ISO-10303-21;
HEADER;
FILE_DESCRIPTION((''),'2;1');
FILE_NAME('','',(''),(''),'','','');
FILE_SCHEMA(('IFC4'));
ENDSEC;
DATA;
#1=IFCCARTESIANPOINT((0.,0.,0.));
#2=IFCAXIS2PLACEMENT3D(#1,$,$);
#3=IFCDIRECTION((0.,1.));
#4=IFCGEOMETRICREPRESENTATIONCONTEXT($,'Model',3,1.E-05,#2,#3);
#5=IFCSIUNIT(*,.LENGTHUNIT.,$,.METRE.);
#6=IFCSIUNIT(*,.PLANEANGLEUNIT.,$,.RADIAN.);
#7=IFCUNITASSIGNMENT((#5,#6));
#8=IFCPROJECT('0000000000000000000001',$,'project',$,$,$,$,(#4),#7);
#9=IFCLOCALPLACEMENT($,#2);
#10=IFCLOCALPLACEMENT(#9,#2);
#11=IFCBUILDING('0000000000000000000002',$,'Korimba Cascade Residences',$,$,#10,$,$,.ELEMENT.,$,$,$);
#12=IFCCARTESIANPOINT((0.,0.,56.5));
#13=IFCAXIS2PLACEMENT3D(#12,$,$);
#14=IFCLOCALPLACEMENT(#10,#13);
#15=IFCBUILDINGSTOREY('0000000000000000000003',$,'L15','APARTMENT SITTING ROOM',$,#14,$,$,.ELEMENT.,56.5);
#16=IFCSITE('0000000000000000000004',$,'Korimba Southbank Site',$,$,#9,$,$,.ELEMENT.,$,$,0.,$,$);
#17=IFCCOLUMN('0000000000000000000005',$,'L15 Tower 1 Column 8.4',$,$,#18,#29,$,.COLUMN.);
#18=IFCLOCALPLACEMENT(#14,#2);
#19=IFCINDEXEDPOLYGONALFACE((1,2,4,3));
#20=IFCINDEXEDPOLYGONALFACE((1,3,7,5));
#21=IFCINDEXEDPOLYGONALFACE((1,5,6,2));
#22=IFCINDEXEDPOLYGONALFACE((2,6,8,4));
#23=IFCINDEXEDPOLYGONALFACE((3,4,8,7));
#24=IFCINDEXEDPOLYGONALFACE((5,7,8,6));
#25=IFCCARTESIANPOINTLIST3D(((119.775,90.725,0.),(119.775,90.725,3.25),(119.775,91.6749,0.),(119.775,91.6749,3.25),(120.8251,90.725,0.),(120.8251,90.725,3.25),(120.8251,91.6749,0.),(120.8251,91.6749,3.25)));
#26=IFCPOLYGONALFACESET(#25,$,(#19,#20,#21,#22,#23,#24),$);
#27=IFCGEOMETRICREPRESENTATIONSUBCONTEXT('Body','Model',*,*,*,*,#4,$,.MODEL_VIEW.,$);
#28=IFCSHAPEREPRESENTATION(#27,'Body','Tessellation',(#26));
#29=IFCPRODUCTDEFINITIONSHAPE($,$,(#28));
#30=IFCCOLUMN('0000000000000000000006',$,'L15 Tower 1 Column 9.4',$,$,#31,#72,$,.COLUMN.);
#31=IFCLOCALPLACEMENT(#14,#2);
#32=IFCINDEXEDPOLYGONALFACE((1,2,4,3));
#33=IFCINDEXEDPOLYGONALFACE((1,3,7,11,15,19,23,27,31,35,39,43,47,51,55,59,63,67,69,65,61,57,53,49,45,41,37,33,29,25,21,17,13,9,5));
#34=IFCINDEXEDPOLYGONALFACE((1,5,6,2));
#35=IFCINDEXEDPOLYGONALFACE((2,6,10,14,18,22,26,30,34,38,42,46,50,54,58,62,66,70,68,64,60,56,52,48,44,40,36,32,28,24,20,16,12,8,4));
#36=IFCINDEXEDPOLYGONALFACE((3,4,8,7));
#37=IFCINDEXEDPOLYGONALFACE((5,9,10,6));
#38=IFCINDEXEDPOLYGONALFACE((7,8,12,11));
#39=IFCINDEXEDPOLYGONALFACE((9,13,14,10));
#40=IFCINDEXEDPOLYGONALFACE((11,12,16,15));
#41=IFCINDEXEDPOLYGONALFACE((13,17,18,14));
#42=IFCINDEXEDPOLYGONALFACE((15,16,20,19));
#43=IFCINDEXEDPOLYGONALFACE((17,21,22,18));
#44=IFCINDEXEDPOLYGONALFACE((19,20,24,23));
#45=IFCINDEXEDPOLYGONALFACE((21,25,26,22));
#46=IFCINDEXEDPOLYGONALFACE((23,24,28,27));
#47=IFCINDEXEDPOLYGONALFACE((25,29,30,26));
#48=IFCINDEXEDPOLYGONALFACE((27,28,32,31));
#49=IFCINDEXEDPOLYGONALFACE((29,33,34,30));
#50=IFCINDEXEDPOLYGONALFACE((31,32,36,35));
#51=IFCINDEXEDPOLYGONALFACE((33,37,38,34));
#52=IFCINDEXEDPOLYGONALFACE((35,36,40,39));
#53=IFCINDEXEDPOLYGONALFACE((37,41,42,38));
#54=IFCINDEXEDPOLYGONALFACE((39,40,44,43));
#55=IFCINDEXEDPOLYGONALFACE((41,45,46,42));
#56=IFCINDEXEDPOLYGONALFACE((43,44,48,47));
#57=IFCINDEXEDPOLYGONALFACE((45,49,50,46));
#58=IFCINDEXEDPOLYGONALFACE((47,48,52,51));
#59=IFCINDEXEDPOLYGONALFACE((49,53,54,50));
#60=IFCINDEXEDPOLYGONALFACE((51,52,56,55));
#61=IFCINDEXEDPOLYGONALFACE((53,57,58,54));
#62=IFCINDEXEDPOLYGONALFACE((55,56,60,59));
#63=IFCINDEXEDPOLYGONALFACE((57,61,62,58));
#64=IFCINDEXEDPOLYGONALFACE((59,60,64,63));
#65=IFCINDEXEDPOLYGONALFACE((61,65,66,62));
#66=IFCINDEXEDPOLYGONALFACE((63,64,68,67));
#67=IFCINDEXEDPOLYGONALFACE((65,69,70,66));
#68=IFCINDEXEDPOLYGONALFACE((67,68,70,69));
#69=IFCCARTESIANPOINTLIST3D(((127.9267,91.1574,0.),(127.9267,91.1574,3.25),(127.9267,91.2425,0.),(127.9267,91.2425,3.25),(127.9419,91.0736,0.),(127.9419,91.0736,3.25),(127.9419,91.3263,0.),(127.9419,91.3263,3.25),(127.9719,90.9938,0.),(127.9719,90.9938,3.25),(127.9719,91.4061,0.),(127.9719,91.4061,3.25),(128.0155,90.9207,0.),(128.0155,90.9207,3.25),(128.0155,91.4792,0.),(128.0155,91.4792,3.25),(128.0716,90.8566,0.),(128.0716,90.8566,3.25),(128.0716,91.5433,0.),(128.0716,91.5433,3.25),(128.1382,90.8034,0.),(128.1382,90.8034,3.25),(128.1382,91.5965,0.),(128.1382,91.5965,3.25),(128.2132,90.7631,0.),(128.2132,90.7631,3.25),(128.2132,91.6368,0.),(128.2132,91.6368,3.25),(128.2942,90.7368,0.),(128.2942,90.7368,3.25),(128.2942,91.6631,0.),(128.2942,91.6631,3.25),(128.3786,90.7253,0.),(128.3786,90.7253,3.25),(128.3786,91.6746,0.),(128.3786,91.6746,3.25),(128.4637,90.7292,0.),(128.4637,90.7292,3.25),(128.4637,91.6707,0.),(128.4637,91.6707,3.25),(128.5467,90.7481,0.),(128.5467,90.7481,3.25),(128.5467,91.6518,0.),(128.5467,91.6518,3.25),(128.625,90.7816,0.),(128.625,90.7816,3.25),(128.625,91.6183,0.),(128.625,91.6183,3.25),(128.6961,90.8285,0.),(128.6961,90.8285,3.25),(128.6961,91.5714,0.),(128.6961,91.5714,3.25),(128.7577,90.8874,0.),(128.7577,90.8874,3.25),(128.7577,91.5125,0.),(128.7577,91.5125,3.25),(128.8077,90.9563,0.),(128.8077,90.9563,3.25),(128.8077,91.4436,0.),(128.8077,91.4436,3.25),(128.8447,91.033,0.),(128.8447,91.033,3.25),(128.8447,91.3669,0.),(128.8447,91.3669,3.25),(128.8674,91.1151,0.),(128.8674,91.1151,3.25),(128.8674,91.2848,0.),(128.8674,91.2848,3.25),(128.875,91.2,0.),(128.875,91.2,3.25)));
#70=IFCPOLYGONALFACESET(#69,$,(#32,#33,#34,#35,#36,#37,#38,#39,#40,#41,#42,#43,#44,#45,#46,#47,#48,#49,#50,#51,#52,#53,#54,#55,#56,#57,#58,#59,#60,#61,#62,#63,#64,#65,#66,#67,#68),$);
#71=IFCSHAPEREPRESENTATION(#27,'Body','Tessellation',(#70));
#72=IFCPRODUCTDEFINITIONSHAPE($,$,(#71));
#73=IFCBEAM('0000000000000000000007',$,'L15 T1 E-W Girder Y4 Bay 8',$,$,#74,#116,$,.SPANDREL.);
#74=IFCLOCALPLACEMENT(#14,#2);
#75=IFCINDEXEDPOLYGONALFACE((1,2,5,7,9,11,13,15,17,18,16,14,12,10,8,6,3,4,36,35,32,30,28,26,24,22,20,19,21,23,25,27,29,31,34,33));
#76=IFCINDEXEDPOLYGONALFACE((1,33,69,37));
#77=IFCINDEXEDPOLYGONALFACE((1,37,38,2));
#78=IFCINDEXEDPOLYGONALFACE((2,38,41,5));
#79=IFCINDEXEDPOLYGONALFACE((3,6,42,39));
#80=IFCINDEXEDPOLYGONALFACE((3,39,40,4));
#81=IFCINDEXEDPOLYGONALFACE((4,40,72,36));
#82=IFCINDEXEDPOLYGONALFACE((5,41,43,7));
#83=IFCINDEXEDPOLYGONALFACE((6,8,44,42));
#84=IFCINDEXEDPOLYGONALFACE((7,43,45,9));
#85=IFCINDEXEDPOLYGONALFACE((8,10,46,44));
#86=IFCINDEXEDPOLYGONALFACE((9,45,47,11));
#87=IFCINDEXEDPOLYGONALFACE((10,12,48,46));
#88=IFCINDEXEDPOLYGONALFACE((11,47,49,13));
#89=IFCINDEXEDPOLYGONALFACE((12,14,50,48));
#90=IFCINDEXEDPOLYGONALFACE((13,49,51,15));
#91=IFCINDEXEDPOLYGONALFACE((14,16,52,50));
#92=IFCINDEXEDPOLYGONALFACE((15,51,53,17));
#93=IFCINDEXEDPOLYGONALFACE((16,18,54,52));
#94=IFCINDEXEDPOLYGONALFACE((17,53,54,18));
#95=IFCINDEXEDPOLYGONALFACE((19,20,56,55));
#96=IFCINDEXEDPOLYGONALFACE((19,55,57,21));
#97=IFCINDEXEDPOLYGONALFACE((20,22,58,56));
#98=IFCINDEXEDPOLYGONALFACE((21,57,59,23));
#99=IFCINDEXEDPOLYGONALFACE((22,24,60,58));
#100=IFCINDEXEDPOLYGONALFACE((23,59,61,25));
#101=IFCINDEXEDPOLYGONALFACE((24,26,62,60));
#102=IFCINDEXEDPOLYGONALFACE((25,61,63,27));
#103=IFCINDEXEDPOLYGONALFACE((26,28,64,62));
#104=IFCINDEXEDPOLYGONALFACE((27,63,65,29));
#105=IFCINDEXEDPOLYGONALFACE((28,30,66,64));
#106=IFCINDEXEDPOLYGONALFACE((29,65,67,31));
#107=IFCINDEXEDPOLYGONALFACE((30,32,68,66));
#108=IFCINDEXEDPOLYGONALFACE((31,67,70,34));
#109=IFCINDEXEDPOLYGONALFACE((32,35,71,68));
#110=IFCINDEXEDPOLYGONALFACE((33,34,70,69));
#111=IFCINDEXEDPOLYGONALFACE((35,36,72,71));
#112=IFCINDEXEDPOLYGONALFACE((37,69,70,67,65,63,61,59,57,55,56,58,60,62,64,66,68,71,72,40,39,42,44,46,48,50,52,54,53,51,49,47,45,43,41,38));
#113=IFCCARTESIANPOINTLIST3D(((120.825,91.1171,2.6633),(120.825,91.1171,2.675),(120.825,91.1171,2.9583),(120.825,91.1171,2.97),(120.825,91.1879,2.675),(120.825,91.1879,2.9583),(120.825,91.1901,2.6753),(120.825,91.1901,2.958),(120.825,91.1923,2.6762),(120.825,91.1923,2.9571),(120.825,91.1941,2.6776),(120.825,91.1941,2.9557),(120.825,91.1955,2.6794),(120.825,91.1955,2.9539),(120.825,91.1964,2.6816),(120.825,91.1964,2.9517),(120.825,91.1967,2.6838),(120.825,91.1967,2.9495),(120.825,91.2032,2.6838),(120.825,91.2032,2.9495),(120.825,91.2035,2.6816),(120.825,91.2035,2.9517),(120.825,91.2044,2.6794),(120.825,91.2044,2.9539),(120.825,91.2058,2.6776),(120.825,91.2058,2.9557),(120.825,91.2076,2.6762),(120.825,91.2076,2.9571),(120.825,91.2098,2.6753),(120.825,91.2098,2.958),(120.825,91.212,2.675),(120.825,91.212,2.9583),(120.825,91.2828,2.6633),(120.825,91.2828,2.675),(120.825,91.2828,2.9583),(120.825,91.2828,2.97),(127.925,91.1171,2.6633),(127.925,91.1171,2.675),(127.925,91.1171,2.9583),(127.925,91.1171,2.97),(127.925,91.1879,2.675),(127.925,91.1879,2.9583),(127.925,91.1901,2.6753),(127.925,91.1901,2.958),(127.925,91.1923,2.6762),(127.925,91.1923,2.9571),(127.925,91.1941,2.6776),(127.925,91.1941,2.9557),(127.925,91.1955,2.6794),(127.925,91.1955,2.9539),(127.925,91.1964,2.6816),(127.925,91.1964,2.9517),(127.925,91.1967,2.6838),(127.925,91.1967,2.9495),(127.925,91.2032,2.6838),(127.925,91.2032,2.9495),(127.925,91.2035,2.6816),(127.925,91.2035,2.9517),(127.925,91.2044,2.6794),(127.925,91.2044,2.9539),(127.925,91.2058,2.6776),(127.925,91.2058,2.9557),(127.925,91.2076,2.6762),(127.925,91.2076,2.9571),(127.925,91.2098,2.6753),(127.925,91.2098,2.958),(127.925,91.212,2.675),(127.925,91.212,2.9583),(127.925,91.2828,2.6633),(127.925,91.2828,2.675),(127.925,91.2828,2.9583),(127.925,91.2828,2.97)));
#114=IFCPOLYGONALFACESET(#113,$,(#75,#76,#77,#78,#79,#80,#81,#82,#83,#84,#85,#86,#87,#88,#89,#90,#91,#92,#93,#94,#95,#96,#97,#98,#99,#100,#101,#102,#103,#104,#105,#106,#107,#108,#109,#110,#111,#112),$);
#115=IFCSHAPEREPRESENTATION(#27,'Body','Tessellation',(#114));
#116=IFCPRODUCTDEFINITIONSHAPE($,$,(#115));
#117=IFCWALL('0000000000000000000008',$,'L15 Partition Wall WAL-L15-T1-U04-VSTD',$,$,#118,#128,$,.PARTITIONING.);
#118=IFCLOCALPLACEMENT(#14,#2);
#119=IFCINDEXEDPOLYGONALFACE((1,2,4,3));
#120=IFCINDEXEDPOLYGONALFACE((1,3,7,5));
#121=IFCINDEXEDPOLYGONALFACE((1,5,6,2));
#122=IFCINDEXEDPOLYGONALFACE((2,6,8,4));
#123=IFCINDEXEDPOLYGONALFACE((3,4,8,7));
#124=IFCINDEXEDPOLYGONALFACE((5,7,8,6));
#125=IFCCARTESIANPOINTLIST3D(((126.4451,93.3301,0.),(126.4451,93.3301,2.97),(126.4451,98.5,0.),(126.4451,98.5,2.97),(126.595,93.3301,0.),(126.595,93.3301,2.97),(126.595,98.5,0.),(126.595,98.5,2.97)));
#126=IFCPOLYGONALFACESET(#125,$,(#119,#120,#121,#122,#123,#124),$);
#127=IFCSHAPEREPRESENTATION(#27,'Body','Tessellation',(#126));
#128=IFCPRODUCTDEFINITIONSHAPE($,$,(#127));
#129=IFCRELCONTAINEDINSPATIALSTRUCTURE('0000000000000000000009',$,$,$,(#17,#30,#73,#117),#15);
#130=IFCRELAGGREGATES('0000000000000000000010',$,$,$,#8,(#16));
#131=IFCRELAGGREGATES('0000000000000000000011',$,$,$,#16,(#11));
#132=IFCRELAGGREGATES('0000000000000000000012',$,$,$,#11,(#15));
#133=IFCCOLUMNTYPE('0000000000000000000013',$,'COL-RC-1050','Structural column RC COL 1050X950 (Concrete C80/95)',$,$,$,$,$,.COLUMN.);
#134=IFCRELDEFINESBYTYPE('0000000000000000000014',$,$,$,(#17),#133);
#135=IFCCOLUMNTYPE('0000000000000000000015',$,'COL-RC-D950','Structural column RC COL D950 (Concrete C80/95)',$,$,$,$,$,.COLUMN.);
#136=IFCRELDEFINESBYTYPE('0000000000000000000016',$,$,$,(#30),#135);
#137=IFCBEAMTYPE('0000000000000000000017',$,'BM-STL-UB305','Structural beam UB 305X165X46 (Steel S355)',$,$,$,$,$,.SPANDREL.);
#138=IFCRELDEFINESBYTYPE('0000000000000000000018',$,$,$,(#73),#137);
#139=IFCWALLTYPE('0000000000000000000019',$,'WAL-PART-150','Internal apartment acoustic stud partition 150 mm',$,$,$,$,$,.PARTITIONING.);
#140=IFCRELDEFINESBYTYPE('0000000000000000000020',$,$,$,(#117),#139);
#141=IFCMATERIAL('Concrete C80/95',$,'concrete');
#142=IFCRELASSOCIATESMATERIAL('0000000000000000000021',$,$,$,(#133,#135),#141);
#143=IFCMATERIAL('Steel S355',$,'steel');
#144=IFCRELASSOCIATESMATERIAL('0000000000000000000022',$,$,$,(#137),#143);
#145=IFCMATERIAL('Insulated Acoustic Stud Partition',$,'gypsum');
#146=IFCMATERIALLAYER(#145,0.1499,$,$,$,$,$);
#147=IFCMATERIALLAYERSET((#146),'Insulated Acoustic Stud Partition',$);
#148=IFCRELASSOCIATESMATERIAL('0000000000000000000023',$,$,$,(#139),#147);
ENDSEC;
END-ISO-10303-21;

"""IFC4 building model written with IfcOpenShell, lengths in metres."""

from ifc_helpers import new_model, si_unit, direction, frame, frame_2d, origin, origin_2d, place, context, subcontext, project, spatial, rectangle, circle, i_section, extrude, material, layer, layer_set, material_profile, profile_set, type_object, element, save


model = new_model("IFC4")

# Units and contexts
model_context = context("Model", 3, precision=1e-05, world=origin(), true_north=direction((0.0, 1.0)))
body_context = subcontext(model_context, "Body", "Model", "MODEL_VIEW")
ifc_project = project(units=[si_unit("LENGTHUNIT", "METRE"), si_unit("PLANEANGLEUNIT", "RADIAN")], contexts=[model_context])

# Site, building, storey
site_placement = place(None, origin())
site = spatial("IfcSite", under=ifc_project, at=site_placement, Name="Korimba Southbank Site", CompositionType="ELEMENT", RefElevation=0.0)
building_placement = place(site_placement, origin())
building = spatial("IfcBuilding", under=site, at=building_placement, Name="Korimba Cascade Residences", CompositionType="ELEMENT")
storey_placement = place(building_placement, frame((0.0, 0.0, 56.5)))
storey = spatial("IfcBuildingStorey", under=building, at=storey_placement, Name="L15", Description="APARTMENT SITTING ROOM", CompositionType="ELEMENT", Elevation=56.5)

# Columns
ifc_material_1 = material(Name="Concrete C80/95", Category="concrete")
ifc_material_profile_1 = material_profile(ifc_material_1, rectangle(XDim=1.05, YDim=0.95, at=origin_2d()), Name="Concrete C80/95")
ifc_profile_set_1 = profile_set([ifc_material_profile_1], Name="Concrete C80/95")
column_type_1 = type_object("IfcColumnType", Name="COL-RC-1050", Description="Structural column RC COL 1050X950 (Concrete C80/95)", PredefinedType="COLUMN", material=ifc_profile_set_1)
column_1_placement = place(storey_placement, frame((120.3, 91.2, 0.0), z_axis=(0.0, 0.0, 1.0), x_axis=(1.0, 0.0, 0.0)))
element("IfcColumn", 1, at=column_1_placement, inside=storey, type_object=column_type_1, Name="L15 Tower 1 Column 8.4", PredefinedType="COLUMN", context=body_context, shape_type="SweptSolid", body=[
    extrude(rectangle(XDim=1.05, YDim=0.95, at=origin_2d()), origin(), (0.0, 0.0, 1.0), 3.25),
])
ifc_material_profile_2 = material_profile(ifc_material_1, circle(Radius=0.4751, at=origin_2d()), Name="Concrete C80/95")
ifc_profile_set_2 = profile_set([ifc_material_profile_2], Name="Concrete C80/95")
column_type_2 = type_object("IfcColumnType", Name="COL-RC-D950", Description="Structural column RC COL D950 (Concrete C80/95)", PredefinedType="COLUMN", material=ifc_profile_set_2)
column_2_placement = place(storey_placement, frame((128.3999, 91.2, 0.0), z_axis=(0.0, 0.0, 1.0), x_axis=(1.0, 0.0, 0.0)))
element("IfcColumn", 2, at=column_2_placement, inside=storey, type_object=column_type_2, Name="L15 Tower 1 Column 9.4", PredefinedType="COLUMN", context=body_context, shape_type="SweptSolid", body=[
    extrude(circle(Radius=0.4751, at=origin_2d()), origin(), (0.0, 0.0, 1.0), 3.25),
])

# Beam
ifc_material_2 = material(Name="Steel S355", Category="steel")
ifc_material_profile_3 = material_profile(ifc_material_2, i_section(OverallWidth=0.1658, OverallDepth=0.3066, WebThickness=0.0066, FlangeThickness=0.0117, FilletRadius=0.0088, at=origin_2d()), Name="Steel S355")
ifc_profile_set_3 = profile_set([ifc_material_profile_3], Name="Steel S355")
beam_type = type_object("IfcBeamType", Name="BM-STL-UB305", Description="Structural beam UB 305X165X46 (Steel S355)", PredefinedType="SPANDREL", material=ifc_profile_set_3)
beam_placement = place(storey_placement, frame((120.825, 91.2, 2.8167), z_axis=(1.0, 0.0, 0.0), x_axis=(0.0, 1.0, 0.0)))
element("IfcBeam", 3, at=beam_placement, inside=storey, type_object=beam_type, Name="L15 T1 E-W Girder Y4 Bay 8", PredefinedType="SPANDREL", context=body_context, shape_type="SweptSolid", body=[
    extrude(i_section(OverallWidth=0.1658, OverallDepth=0.3066, WebThickness=0.0066, FlangeThickness=0.0117, FilletRadius=0.0088, at=origin_2d()), origin(), (0.0, 0.0, 1.0), 7.1001),
])

# Wall
ifc_material_3 = material(Name="Insulated Acoustic Stud Partition", Category="gypsum")
ifc_layer = layer(ifc_material_3, 0.1499)
ifc_layer_set = layer_set([ifc_layer], Name="Insulated Acoustic Stud Partition")
wall_type = type_object("IfcWallType", Name="WAL-PART-150", Description="Internal apartment acoustic stud partition 150 mm", PredefinedType="PARTITIONING", material=ifc_layer_set)
wall_1_placement = place(storey_placement, frame((126.52, 93.3301, 0.0), z_axis=(0.0, 0.0, 1.0), x_axis=(0.0, 1.0, 0.0)))
element("IfcWall", 4, at=wall_1_placement, inside=storey, type_object=wall_type, Name="L15 Partition Wall WAL-L15-T1-U04-VSTD", PredefinedType="PARTITIONING", context=body_context, shape_type="SweptSolid", body=[
    extrude(rectangle(XDim=5.1699, YDim=0.1499, at=frame_2d((2.585, 0.0))), origin(), (0.0, 0.0, 1.0), 2.97),
])

save(model, "model.ifc")
